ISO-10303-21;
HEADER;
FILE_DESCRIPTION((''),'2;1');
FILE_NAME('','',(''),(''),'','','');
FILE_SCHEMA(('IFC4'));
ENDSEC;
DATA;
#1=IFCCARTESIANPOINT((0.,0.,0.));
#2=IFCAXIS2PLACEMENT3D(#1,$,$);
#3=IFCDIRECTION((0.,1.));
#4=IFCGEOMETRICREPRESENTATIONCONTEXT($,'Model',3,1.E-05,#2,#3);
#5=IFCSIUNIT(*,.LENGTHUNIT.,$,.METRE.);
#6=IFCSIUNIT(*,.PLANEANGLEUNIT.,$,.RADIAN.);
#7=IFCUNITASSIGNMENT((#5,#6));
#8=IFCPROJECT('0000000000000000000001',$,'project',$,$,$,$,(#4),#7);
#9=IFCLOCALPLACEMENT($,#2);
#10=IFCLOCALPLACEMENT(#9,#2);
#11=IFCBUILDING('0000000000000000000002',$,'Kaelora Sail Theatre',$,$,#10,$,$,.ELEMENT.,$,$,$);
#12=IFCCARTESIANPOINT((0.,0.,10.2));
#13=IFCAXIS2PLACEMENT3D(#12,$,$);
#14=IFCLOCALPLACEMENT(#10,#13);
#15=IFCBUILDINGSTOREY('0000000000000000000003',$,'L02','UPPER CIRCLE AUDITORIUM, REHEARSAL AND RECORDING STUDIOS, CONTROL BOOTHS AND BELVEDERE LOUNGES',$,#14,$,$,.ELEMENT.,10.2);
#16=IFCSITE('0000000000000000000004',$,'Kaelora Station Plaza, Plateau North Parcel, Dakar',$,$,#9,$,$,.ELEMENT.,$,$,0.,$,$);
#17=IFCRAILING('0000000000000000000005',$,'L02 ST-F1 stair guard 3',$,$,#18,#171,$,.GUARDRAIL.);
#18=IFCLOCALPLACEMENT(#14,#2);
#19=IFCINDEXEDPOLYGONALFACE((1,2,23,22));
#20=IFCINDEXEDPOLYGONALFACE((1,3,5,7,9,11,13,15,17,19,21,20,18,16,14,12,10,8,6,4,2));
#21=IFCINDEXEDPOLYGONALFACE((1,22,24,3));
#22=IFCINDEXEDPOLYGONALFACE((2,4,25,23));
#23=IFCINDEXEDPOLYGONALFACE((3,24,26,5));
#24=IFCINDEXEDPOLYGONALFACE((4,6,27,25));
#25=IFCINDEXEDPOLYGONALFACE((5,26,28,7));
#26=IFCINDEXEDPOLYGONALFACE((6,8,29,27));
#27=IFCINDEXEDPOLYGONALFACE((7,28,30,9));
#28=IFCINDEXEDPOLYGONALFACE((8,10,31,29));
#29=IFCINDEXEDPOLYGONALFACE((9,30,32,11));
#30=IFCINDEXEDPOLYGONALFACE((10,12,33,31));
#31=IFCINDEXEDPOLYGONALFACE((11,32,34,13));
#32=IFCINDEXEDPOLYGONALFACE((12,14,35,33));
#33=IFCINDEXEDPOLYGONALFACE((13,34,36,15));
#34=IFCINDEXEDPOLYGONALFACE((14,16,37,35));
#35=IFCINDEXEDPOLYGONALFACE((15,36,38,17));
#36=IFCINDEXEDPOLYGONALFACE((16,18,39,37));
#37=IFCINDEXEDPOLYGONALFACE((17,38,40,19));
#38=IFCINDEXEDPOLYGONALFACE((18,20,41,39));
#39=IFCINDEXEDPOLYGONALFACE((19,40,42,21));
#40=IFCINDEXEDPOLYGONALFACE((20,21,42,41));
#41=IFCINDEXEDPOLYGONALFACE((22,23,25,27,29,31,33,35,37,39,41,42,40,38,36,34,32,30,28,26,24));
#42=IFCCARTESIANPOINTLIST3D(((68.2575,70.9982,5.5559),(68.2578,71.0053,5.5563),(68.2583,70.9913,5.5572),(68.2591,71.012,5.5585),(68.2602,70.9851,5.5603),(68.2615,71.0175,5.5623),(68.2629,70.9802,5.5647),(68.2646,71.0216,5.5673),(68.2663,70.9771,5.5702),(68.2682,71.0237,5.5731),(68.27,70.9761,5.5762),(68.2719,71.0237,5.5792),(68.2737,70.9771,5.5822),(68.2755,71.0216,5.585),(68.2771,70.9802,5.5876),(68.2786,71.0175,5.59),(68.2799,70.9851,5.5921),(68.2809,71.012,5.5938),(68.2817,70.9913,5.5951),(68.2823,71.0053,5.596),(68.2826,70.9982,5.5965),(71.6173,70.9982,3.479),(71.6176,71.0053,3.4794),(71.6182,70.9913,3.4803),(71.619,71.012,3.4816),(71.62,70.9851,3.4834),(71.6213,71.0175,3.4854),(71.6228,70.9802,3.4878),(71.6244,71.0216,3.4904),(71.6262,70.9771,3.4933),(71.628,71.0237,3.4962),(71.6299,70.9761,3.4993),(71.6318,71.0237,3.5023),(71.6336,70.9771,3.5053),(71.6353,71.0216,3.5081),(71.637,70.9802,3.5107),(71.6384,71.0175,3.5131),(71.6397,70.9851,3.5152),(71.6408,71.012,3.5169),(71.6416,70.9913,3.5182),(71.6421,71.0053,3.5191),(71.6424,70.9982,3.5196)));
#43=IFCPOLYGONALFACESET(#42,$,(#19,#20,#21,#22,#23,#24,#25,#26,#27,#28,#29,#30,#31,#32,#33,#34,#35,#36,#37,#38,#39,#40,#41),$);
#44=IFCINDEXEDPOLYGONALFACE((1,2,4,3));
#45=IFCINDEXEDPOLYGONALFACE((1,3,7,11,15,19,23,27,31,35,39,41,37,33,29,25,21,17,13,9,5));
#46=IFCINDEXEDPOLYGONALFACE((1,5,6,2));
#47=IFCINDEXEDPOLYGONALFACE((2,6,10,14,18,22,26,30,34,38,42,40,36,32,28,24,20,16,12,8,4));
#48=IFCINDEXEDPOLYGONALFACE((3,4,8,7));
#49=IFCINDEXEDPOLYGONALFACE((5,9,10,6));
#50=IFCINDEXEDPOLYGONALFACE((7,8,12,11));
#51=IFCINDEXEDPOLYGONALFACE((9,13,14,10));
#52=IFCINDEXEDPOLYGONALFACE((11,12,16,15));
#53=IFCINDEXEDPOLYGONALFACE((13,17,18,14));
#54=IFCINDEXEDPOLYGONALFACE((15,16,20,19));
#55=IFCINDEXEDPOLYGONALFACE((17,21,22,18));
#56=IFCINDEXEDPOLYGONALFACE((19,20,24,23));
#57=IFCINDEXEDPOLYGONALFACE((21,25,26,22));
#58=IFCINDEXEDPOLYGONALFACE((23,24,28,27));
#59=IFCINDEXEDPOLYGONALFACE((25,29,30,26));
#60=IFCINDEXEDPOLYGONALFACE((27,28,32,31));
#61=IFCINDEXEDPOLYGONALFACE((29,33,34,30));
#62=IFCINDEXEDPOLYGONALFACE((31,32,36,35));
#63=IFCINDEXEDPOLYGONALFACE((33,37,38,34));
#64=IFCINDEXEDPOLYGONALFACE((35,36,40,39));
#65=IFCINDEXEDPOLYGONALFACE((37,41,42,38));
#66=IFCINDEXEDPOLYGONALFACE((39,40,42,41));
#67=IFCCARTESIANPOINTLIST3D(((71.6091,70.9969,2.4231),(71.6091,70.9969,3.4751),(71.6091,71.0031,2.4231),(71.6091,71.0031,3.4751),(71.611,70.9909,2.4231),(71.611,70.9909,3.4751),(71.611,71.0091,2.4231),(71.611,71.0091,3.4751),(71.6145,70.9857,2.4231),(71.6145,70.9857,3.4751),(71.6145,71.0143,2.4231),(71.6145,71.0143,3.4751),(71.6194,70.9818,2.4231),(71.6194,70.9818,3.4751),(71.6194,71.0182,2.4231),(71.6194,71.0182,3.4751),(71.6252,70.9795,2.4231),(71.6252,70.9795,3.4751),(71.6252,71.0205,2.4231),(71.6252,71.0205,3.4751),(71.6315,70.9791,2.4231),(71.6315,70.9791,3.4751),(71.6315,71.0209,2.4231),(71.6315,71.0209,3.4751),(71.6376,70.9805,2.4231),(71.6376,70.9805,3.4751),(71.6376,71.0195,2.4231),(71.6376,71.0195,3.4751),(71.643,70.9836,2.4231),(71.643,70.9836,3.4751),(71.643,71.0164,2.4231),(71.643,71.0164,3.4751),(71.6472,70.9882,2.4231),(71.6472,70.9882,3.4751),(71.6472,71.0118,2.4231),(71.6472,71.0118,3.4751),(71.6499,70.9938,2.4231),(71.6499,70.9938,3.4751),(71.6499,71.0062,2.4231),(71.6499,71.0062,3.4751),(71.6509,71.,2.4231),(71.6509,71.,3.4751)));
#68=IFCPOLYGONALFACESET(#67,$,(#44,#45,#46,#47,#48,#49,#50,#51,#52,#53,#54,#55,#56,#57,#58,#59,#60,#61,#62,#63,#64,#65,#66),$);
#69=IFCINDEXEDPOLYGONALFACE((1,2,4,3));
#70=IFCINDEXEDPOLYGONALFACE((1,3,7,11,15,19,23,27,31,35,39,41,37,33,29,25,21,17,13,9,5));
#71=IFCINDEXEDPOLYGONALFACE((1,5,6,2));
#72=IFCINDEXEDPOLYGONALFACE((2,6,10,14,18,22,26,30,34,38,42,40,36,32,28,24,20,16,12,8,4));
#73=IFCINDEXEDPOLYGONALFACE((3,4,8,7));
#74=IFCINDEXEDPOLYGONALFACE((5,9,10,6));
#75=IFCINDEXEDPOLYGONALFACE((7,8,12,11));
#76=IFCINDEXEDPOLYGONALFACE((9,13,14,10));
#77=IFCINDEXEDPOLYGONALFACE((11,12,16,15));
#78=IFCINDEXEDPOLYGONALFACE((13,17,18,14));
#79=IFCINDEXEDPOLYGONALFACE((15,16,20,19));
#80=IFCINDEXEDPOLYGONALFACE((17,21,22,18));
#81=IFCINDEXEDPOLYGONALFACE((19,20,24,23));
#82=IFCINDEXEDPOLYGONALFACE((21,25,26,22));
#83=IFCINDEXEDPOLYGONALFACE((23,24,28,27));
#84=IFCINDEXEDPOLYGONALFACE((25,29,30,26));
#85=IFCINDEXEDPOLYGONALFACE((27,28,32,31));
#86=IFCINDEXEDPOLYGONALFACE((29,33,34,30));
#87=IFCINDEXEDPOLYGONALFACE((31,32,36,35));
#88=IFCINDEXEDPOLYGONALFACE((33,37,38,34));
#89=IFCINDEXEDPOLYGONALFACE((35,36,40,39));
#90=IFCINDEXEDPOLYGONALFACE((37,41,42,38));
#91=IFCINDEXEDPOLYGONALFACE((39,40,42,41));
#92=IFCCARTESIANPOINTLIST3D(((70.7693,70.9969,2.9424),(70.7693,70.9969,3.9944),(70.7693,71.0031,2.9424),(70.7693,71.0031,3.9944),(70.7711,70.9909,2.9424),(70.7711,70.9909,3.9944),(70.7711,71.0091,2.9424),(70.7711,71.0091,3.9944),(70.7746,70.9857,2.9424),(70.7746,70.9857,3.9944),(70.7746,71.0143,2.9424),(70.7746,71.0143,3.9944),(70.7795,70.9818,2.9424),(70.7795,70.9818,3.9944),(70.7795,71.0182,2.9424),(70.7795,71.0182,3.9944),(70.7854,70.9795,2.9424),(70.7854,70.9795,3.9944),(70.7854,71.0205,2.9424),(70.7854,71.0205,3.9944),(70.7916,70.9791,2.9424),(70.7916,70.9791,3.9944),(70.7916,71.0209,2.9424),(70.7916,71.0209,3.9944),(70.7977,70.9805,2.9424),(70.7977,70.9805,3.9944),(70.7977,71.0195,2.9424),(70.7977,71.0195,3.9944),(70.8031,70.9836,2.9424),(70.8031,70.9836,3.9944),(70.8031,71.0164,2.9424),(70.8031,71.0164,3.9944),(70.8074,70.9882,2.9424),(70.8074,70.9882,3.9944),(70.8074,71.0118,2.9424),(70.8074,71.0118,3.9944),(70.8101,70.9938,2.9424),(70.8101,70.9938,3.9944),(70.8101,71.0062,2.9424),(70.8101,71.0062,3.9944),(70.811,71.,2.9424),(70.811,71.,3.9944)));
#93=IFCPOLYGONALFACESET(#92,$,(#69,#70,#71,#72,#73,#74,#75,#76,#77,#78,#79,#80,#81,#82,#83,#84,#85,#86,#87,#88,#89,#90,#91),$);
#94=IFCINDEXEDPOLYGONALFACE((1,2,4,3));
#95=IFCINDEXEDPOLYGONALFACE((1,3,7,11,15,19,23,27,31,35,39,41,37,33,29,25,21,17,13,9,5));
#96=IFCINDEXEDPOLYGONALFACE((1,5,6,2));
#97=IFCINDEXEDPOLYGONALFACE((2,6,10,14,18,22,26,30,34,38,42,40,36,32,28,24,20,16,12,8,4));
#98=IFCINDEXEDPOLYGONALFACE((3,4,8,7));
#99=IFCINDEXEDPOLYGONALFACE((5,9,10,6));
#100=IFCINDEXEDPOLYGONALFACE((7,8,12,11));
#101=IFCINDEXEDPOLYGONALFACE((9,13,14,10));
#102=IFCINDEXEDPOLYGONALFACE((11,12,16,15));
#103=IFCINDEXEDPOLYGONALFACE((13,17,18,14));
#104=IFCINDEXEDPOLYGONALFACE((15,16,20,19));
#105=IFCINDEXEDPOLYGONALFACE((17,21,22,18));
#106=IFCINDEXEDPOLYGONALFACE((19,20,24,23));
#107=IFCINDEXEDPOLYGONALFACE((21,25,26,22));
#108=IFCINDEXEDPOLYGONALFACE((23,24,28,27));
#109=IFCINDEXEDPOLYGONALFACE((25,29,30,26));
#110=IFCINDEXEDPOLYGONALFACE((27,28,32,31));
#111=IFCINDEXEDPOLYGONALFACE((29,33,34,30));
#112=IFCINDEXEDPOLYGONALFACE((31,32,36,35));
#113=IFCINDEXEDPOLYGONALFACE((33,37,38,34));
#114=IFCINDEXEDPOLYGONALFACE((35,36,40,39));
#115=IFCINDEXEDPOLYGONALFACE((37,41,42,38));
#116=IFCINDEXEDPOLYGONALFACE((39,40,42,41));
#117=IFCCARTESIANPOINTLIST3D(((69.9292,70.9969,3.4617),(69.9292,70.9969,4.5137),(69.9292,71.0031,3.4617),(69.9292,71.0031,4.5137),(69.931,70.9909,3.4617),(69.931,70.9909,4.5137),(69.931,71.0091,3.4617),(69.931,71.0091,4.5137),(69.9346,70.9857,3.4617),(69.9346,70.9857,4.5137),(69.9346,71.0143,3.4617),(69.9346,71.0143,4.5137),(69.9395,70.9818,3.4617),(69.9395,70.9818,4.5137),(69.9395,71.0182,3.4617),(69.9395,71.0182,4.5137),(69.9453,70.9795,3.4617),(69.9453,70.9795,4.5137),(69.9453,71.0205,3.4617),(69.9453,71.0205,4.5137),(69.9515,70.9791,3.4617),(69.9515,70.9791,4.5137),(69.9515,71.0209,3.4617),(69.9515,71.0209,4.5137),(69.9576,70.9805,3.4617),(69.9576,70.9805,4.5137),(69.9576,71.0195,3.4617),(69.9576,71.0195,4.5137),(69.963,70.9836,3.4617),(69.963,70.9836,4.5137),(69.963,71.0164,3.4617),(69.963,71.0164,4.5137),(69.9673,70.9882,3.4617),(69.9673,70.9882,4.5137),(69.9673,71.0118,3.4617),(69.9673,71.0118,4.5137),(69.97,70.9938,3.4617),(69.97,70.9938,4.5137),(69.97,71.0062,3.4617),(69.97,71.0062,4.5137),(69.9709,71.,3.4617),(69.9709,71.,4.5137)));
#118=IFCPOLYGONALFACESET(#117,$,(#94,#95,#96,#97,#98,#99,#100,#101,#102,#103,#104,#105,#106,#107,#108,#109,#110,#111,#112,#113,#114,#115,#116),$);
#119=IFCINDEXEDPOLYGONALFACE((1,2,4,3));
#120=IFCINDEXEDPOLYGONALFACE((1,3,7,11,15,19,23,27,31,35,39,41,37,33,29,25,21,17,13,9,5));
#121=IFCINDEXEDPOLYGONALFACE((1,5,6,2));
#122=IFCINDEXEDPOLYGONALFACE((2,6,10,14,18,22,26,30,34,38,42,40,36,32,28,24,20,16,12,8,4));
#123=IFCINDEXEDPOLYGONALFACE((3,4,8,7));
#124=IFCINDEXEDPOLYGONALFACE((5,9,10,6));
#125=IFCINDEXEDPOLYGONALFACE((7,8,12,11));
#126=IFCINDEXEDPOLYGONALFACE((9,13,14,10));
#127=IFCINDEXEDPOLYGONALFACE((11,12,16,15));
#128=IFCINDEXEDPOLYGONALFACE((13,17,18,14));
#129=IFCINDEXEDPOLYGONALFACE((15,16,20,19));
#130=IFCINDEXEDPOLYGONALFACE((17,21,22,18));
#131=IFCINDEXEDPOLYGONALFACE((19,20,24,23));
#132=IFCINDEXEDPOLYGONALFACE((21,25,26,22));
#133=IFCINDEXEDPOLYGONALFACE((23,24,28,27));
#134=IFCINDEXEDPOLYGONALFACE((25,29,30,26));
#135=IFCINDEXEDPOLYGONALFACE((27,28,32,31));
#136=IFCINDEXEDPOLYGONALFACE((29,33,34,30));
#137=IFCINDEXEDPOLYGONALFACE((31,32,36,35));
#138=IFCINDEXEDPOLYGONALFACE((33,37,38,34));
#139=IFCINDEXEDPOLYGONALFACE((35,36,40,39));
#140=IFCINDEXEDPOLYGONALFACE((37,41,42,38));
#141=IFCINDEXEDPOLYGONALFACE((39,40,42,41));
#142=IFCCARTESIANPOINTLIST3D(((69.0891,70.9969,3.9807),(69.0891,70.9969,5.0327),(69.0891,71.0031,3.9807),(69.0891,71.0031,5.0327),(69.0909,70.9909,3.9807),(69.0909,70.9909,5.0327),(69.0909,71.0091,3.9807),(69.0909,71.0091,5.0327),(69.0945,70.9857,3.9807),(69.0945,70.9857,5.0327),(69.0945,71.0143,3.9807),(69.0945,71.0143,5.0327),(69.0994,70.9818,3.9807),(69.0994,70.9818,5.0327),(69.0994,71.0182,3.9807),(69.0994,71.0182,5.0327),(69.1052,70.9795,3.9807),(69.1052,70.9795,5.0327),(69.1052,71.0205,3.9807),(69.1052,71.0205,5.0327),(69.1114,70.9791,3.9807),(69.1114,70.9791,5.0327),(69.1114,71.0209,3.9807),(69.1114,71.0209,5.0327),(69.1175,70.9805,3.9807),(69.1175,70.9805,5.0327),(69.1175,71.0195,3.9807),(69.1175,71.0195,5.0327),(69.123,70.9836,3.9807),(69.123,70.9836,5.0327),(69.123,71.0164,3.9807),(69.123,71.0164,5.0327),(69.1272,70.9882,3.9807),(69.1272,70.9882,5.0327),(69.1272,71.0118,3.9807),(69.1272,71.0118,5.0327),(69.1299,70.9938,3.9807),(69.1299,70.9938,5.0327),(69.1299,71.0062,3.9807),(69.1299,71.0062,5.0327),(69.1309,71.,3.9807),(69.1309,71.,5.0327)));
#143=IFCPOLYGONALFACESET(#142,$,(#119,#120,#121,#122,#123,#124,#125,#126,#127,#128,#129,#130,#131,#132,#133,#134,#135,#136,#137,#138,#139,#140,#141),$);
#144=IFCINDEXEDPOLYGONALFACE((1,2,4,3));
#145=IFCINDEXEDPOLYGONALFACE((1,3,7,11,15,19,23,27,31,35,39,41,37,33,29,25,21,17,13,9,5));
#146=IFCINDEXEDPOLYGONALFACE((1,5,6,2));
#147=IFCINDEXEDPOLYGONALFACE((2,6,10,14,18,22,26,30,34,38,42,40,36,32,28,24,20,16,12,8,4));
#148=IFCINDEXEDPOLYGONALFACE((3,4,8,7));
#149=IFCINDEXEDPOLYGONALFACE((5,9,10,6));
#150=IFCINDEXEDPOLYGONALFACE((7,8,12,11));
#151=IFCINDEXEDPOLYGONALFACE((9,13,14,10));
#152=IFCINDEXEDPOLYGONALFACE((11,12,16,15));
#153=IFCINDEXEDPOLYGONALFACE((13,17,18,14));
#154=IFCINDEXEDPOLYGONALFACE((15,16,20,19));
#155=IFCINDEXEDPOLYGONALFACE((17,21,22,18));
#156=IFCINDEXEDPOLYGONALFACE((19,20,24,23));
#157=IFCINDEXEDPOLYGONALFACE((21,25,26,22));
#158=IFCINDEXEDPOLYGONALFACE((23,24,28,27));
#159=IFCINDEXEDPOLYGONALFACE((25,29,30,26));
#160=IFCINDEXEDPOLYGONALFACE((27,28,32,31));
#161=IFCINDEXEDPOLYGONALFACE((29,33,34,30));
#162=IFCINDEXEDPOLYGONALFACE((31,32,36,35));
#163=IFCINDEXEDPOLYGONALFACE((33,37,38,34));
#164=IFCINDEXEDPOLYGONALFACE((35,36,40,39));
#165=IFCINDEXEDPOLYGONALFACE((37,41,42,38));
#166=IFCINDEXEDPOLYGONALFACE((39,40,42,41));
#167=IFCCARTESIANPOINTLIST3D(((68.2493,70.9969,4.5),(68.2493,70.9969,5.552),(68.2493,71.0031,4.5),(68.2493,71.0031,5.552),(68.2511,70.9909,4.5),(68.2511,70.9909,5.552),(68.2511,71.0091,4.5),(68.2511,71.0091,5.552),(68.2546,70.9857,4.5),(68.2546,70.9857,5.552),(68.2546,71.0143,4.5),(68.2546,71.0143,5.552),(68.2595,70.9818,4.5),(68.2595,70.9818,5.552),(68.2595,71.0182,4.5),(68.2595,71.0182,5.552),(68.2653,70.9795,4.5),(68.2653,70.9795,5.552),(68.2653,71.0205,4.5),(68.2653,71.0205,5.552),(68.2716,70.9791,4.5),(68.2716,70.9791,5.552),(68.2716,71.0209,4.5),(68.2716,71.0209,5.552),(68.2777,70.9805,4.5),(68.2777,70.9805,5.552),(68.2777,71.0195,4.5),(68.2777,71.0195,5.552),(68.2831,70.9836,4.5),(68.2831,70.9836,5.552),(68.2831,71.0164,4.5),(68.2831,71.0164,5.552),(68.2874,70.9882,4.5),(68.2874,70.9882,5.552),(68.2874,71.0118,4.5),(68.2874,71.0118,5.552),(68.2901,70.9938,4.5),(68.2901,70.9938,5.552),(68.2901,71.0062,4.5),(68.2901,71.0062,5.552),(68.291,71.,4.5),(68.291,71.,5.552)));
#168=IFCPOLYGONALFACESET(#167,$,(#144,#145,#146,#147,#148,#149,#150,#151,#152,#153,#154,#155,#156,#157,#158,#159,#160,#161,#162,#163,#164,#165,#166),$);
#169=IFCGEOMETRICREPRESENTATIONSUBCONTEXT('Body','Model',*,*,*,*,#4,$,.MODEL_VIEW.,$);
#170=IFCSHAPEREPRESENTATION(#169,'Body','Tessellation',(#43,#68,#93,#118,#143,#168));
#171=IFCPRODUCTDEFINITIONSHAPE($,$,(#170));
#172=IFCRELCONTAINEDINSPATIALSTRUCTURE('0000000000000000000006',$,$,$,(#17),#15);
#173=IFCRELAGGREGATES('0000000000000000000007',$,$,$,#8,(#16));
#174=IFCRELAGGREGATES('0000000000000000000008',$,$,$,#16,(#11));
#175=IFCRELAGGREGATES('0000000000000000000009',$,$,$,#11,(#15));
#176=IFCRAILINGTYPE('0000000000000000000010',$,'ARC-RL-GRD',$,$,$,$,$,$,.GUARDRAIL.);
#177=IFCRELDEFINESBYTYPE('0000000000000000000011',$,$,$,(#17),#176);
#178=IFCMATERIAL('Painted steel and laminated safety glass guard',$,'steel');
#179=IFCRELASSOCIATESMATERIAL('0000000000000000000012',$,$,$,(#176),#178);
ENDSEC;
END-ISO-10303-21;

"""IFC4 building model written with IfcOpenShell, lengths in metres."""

from ifc_helpers import new_model, si_unit, direction, frame, origin, origin_2d, place, context, subcontext, project, spatial, circle, extrude, material, type_object, element, save


model = new_model("IFC4")

# Units and contexts
model_context = context("Model", 3, precision=1e-05, world=origin(), true_north=direction((0.0, 1.0)))
body_context = subcontext(model_context, "Body", "Model", "MODEL_VIEW")
ifc_project = project(units=[si_unit("LENGTHUNIT", "METRE"), si_unit("PLANEANGLEUNIT", "RADIAN")], contexts=[model_context])

# Site, building, storey
site_placement = place(None, origin())
site = spatial("IfcSite", under=ifc_project, at=site_placement, Name="Kaelora Station Plaza, Plateau North Parcel, Dakar", CompositionType="ELEMENT", RefElevation=0.0)
building_placement = place(site_placement, origin())
building = spatial("IfcBuilding", under=site, at=building_placement, Name="Kaelora Sail Theatre", CompositionType="ELEMENT")
storey_placement = place(building_placement, frame((0.0, 0.0, 10.2)))
storey = spatial("IfcBuildingStorey", under=building, at=storey_placement, Name="L02", Description="UPPER CIRCLE AUDITORIUM, REHEARSAL AND RECORDING STUDIOS, CONTROL BOOTHS AND BELVEDERE LOUNGES", CompositionType="ELEMENT", Elevation=10.2)

# Railing
ifc_material_1 = material(Name="Painted steel and laminated safety glass guard", Category="steel")
railing_type_1 = type_object("IfcRailingType", Name="ARC-RL-GRD", PredefinedType="GUARDRAIL", material=ifc_material_1)
railing_1_placement = place(storey_placement, frame((71.6299, 71.0, 2.4231)))
element("IfcRailing", 1, at=railing_1_placement, inside=storey, type_object=railing_type_1, Name="L02 ST-F1 stair guard 3", PredefinedType="GUARDRAIL", context=body_context, shape_type="SweptSolid", body=[
    extrude(circle(Radius=0.0239, at=origin_2d()), frame((0.0, 0.0, 1.0762), z_axis=(-0.850606, 0.0, 0.525803), x_axis=(0.0, -1.0, 0.0)), (0.0, 0.0, 1.0), 3.95),
    extrude(circle(Radius=0.021, at=origin_2d()), origin(), (0.0, 0.0, 1.0), 1.052),
    extrude(circle(Radius=0.021, at=origin_2d()), frame((-0.8398, 0.0, 0.5193)), (0.0, 0.0, 1.0), 1.052),
    extrude(circle(Radius=0.021, at=origin_2d()), frame((-1.6799, 0.0, 1.0386)), (0.0, 0.0, 1.0), 1.052),
    extrude(circle(Radius=0.021, at=origin_2d()), frame((-2.52, 0.0, 1.5576)), (0.0, 0.0, 1.0), 1.052),
    extrude(circle(Radius=0.021, at=origin_2d()), frame((-3.3599, 0.0, 2.0769)), (0.0, 0.0, 1.0), 1.052),
])

save(model, "model.ifc")
